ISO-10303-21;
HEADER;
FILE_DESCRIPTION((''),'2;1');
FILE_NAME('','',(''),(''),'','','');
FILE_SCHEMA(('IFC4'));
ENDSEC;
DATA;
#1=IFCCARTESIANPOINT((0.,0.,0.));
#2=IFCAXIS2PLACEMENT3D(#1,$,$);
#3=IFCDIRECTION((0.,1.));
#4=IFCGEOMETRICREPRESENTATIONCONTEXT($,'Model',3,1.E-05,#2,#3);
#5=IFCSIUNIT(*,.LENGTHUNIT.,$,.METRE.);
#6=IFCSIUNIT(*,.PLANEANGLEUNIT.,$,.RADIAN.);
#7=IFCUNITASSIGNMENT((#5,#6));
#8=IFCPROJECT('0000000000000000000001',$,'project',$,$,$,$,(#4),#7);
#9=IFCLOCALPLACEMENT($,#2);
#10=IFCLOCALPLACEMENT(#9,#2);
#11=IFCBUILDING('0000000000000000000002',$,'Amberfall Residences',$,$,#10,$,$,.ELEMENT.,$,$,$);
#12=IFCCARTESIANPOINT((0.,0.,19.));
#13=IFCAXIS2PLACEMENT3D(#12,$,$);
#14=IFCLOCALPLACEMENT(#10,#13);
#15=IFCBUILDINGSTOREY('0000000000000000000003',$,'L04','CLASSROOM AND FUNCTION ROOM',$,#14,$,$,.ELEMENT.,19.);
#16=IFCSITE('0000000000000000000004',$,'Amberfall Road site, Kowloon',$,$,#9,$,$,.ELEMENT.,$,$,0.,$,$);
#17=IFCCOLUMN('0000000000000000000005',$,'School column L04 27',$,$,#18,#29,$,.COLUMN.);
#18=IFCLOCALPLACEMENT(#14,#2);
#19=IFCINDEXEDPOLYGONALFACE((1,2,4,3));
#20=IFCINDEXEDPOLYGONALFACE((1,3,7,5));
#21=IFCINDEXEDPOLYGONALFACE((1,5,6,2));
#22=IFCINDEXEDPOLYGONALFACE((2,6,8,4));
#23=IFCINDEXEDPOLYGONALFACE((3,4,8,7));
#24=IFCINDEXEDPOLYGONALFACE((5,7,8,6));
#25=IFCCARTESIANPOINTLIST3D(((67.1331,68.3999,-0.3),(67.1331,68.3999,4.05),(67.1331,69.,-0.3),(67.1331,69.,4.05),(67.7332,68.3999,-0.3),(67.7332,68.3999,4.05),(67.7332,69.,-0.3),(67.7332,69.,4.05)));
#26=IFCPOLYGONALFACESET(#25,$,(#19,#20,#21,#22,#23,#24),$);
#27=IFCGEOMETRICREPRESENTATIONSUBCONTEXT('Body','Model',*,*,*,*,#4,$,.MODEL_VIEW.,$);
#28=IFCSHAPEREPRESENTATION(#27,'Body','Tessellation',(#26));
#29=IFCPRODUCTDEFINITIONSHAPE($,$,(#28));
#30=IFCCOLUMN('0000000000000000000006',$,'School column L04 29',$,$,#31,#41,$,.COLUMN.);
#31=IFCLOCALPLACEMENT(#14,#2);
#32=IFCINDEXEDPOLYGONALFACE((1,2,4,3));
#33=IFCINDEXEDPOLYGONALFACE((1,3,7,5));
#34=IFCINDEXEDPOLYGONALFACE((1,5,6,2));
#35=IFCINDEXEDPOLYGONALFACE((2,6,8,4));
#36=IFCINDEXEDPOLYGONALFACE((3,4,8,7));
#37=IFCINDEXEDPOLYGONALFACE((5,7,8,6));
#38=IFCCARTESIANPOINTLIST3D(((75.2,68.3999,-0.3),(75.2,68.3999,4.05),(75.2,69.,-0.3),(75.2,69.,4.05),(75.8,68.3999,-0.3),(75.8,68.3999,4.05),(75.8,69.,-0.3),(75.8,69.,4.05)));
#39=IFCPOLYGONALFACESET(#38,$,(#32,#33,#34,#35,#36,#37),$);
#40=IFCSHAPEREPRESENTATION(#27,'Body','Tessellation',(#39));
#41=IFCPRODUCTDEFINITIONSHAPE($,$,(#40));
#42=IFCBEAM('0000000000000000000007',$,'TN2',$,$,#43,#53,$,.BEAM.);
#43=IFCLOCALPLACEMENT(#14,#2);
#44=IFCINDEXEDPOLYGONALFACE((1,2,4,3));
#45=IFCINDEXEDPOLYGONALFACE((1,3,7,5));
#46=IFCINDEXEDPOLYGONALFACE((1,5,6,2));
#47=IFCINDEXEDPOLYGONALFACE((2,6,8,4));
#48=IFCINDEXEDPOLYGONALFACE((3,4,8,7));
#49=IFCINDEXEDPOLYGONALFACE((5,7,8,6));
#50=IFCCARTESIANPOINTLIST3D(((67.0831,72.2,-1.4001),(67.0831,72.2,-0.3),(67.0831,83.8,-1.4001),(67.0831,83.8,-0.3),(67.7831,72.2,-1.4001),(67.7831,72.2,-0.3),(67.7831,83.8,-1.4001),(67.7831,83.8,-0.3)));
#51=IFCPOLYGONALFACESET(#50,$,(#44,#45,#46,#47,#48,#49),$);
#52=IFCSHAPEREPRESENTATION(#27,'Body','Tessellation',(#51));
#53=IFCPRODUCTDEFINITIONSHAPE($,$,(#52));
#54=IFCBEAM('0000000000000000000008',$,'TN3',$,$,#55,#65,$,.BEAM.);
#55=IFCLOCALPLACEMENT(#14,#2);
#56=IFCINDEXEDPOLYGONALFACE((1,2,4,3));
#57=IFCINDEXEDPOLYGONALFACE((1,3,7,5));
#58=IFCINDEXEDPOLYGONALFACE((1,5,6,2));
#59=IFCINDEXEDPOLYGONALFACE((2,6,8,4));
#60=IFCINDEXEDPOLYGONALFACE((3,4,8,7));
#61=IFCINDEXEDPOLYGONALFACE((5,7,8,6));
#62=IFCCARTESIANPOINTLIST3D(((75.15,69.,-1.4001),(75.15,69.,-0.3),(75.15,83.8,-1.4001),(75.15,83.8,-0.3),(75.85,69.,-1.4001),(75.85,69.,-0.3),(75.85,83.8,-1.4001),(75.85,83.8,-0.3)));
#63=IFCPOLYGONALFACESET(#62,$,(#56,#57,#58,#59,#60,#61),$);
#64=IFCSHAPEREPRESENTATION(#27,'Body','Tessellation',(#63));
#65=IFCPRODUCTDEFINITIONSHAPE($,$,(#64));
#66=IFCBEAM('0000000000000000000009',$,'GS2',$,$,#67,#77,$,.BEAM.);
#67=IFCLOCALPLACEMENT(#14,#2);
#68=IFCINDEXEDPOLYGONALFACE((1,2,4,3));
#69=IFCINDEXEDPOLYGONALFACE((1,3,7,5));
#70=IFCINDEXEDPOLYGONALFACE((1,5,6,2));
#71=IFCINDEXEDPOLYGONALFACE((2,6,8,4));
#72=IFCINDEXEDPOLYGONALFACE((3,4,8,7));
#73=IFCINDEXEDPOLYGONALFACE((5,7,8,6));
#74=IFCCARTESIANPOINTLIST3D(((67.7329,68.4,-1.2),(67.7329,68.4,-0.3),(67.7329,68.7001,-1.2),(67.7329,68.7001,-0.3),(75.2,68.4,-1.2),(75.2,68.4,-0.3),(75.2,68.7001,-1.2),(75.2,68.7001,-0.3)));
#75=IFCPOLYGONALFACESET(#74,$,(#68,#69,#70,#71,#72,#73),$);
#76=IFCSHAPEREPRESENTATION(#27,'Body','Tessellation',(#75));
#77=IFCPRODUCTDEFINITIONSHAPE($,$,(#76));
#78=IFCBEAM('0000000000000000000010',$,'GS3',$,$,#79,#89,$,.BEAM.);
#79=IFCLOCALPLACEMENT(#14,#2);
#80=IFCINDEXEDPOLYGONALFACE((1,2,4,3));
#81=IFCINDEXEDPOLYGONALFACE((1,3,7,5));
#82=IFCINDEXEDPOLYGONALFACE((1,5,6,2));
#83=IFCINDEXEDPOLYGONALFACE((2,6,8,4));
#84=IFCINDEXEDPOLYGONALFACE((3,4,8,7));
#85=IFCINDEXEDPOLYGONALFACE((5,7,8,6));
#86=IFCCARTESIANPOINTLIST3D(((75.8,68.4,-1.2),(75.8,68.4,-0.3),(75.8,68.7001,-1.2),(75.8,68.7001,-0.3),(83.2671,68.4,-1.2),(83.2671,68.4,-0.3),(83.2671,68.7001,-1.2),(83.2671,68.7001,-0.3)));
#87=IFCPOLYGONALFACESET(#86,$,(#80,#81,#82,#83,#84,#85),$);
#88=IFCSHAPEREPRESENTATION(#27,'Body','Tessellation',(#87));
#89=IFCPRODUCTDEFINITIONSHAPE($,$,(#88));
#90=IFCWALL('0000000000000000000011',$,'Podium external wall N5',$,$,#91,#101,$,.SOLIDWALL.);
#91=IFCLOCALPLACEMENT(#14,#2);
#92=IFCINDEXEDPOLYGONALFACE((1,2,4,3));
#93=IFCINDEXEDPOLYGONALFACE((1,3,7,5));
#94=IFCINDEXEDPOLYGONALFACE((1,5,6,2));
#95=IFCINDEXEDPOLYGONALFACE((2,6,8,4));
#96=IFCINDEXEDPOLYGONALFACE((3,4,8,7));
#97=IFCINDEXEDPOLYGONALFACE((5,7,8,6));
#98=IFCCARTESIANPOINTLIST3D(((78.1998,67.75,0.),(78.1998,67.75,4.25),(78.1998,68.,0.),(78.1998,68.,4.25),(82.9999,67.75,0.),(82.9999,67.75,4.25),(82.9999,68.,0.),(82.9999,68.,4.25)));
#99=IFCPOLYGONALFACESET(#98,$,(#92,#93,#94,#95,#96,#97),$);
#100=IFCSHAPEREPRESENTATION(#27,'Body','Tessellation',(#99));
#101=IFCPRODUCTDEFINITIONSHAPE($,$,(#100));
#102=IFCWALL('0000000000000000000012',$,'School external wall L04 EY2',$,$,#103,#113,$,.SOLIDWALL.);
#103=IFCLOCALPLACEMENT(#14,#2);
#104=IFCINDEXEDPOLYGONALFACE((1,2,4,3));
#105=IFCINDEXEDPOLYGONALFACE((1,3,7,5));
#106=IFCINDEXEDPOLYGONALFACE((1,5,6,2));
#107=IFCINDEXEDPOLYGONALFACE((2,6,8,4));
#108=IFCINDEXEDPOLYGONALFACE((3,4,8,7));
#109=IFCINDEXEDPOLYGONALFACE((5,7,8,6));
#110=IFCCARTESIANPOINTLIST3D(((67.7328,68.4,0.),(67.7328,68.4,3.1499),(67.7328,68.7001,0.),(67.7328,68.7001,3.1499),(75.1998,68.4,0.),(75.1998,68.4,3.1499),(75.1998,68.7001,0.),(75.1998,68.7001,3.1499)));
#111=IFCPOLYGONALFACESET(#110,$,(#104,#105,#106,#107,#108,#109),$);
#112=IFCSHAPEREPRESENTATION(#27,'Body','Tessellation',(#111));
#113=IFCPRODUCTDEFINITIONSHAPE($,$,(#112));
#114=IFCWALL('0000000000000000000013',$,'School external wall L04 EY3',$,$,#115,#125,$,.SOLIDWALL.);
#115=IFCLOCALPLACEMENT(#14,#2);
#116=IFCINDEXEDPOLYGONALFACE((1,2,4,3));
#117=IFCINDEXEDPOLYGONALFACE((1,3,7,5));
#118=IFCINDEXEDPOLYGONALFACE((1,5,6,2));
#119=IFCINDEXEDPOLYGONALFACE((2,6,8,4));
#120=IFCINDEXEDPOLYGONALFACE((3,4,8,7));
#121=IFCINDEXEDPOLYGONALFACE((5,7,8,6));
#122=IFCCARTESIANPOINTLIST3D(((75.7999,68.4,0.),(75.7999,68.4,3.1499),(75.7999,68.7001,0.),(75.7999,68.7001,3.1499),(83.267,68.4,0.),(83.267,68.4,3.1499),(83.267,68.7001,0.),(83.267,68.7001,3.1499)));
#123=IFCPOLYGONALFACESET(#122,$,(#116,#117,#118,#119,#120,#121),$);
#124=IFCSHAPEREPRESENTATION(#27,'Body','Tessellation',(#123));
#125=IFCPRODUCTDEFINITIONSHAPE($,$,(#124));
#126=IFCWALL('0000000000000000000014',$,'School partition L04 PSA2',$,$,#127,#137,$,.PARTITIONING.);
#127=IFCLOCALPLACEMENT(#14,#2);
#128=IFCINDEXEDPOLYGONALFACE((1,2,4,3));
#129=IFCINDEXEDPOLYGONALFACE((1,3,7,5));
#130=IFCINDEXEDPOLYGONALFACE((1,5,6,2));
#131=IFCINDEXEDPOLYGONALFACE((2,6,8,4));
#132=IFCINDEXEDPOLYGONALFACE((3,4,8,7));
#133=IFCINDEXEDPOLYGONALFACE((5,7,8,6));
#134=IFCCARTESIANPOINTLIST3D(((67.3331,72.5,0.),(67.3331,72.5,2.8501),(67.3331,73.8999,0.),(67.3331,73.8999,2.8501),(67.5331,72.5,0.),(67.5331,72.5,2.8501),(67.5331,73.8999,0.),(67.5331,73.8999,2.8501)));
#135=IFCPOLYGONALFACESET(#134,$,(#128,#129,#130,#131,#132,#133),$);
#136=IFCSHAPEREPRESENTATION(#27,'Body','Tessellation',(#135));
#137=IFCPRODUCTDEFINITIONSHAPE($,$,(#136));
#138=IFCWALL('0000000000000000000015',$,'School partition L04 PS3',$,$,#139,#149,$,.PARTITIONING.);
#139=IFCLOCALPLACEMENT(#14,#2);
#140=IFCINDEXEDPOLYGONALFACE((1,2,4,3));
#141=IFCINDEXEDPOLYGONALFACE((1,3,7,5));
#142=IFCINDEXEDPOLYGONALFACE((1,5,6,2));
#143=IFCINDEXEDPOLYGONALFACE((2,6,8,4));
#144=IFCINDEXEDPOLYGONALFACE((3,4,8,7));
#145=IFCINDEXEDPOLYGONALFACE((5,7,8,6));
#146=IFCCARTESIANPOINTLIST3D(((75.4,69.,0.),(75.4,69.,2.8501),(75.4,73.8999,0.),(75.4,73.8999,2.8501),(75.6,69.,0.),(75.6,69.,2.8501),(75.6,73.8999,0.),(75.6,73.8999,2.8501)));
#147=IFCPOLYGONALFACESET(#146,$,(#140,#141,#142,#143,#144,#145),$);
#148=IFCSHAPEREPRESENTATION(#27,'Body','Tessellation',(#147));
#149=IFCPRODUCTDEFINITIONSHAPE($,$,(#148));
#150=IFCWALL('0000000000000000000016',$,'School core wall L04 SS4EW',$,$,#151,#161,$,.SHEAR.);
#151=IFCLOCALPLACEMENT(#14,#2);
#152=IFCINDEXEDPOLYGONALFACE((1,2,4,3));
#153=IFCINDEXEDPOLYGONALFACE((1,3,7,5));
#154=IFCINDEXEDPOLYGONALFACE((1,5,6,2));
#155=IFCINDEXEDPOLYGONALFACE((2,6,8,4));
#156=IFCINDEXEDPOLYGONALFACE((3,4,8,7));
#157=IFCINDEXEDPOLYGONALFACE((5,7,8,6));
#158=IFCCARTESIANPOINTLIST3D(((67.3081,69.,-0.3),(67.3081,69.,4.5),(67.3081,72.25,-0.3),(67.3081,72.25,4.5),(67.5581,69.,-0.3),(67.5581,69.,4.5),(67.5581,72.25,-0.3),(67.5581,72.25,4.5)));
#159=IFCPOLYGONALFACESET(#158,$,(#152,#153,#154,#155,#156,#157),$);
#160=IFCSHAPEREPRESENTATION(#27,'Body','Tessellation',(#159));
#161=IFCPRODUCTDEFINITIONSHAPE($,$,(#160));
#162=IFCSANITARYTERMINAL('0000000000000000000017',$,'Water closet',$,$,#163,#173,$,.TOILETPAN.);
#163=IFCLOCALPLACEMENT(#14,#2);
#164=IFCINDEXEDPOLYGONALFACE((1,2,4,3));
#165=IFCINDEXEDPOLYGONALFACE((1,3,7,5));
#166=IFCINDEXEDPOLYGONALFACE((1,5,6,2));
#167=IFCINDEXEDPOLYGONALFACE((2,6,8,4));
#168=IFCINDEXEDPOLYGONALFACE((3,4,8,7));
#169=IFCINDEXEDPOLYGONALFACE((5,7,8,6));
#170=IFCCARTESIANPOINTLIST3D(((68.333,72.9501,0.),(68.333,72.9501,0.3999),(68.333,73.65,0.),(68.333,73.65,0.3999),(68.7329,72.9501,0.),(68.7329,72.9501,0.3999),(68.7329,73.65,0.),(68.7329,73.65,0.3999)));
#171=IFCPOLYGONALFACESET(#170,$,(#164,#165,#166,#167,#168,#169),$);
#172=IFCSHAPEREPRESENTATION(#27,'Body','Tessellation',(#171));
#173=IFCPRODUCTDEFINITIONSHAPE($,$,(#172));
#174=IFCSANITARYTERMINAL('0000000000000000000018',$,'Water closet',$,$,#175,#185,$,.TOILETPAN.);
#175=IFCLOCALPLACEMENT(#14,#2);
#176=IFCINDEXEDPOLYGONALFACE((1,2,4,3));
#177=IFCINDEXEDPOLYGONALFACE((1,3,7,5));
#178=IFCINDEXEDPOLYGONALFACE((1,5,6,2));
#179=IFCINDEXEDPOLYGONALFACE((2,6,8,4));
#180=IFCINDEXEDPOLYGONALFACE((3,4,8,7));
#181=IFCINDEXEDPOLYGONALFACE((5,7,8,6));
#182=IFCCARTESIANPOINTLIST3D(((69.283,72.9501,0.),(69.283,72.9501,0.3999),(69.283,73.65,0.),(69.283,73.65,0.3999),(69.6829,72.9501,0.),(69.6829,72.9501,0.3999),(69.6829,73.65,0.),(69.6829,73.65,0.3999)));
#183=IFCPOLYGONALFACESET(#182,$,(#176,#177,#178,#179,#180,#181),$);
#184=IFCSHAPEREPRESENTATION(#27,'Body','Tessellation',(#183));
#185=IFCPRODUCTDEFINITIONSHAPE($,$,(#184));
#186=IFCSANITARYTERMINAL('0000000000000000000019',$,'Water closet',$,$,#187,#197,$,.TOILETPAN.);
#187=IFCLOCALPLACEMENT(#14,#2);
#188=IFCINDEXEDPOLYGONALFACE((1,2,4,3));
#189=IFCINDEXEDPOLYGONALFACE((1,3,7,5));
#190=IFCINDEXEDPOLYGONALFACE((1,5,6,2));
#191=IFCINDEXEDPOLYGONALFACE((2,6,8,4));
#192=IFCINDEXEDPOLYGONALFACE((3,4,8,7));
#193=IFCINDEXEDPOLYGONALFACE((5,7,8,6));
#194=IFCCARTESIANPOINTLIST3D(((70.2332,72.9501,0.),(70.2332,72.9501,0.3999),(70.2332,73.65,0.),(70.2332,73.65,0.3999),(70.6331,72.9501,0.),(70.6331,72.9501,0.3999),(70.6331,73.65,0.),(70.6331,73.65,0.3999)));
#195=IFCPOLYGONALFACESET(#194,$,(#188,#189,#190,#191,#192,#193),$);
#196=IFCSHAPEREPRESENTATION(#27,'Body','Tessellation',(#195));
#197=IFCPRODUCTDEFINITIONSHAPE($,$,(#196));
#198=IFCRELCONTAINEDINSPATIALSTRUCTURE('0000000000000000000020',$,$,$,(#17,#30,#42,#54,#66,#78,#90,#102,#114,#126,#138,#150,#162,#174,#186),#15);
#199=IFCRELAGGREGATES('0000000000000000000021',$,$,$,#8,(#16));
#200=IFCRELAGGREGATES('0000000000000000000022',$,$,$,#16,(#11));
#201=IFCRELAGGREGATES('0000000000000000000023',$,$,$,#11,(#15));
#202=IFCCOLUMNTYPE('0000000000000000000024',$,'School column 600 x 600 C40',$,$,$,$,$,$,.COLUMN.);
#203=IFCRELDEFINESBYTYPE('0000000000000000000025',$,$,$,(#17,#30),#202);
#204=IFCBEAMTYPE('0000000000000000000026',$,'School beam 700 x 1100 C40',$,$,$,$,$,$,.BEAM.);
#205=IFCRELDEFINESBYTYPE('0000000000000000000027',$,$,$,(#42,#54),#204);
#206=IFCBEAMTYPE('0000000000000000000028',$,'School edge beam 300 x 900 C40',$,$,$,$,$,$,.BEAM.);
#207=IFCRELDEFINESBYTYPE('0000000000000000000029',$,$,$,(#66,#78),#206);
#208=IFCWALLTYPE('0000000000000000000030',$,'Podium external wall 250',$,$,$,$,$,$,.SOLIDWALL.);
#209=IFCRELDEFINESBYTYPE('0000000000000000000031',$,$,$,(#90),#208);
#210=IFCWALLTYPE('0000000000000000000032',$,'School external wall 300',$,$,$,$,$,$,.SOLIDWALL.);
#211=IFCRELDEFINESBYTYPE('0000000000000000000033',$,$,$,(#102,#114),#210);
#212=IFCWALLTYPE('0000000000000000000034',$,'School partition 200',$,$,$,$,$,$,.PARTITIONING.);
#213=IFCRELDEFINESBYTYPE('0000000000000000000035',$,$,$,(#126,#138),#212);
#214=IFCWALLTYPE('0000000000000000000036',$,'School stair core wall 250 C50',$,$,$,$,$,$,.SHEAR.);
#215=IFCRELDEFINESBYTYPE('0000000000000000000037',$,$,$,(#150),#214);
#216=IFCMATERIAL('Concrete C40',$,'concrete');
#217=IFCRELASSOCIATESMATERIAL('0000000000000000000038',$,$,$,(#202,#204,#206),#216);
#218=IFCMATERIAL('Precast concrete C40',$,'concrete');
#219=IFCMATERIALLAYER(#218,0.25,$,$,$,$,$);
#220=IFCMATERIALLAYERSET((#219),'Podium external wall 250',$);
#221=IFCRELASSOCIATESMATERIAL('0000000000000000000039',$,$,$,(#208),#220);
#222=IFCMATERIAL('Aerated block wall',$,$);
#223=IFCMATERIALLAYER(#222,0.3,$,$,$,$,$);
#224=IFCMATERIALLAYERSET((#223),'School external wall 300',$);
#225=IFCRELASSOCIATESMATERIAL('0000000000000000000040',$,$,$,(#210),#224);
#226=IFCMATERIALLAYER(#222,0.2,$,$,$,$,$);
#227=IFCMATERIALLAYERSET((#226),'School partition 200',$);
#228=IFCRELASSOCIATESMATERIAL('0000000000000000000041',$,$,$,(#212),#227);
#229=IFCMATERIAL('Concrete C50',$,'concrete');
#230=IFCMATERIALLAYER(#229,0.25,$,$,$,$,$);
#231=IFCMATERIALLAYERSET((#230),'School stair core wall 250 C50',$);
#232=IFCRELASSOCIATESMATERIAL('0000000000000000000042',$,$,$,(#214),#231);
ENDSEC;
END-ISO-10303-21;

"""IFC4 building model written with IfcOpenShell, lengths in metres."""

from ifc_helpers import new_model, si_unit, direction, frame, frame_2d, origin, origin_2d, place, context, subcontext, project, spatial, rectangle, extrude, material, layer, layer_set, material_profile, profile_set, type_object, element, save


model = new_model("IFC4")

# Units and contexts
model_context = context("Model", 3, precision=1e-05, world=origin(), true_north=direction((0.0, 1.0)))
body_context = subcontext(model_context, "Body", "Model", "MODEL_VIEW")
ifc_project = project(units=[si_unit("LENGTHUNIT", "METRE"), si_unit("PLANEANGLEUNIT", "RADIAN")], contexts=[model_context])

# Site, building, storey
site_placement = place(None, origin())
site = spatial("IfcSite", under=ifc_project, at=site_placement, Name="Amberfall Road site, Kowloon", CompositionType="ELEMENT", RefElevation=0.0)
building_placement = place(site_placement, origin())
building = spatial("IfcBuilding", under=site, at=building_placement, Name="Amberfall Residences", CompositionType="ELEMENT")
storey_placement = place(building_placement, frame((0.0, 0.0, 19.0)))
storey = spatial("IfcBuildingStorey", under=building, at=storey_placement, Name="L04", Description="CLASSROOM AND FUNCTION ROOM", CompositionType="ELEMENT", Elevation=19.0)

# Columns
ifc_material_1 = material(Name="Concrete C40", Category="concrete")
ifc_material_profile_1 = material_profile(ifc_material_1, rectangle(XDim=0.6001, YDim=0.6001, at=origin_2d()), Name="School column 600 x 600 C40")
ifc_profile_set_1 = profile_set([ifc_material_profile_1], Name="Concrete C40")
column_type = type_object("IfcColumnType", Name="School column 600 x 600 C40", PredefinedType="COLUMN", material=ifc_profile_set_1)
for number, where, z_axis, x_axis, name in (
    (1, (67.4331, 68.7, -0.3), (0.0, 0.0, 1.0), (1.0, 0.0, 0.0), "School column L04 27"),
    (2, (75.5, 68.7, -0.3), (0.0, 0.0, 1.0), (1.0, 0.0, 0.0), "School column L04 29"),
):
    element("IfcColumn", number, at=place(storey_placement, frame(where, z_axis=z_axis, x_axis=x_axis)), inside=storey, type_object=column_type, Name=name, PredefinedType="COLUMN", context=body_context, shape_type="SweptSolid", body=[
        extrude(rectangle(XDim=0.6001, YDim=0.6001, at=origin_2d()), origin(), (0.0, 0.0, 1.0), 4.3501),
    ])

# Beams
ifc_material_profile_2 = material_profile(ifc_material_1, rectangle(XDim=0.7, YDim=1.1001, at=origin_2d()), Name="School beam 700 x 1100 C40")
ifc_profile_set_2 = profile_set([ifc_material_profile_2], Name="Concrete C40")
beam_type_1 = type_object("IfcBeamType", Name="School beam 700 x 1100 C40", PredefinedType="BEAM", material=ifc_profile_set_2)
beam_1_placement = place(storey_placement, frame((67.4331, 72.2, -0.8501), z_axis=(0.0, 1.0, 0.0), x_axis=(-1.0, 0.0, 0.0)))
element("IfcBeam", 3, at=beam_1_placement, inside=storey, type_object=beam_type_1, Name="TN2", PredefinedType="BEAM", context=body_context, shape_type="SweptSolid", body=[
    extrude(rectangle(XDim=0.7, YDim=1.1001, at=origin_2d()), origin(), (0.0, 0.0, 1.0), 11.6001),
])
beam_2_placement = place(storey_placement, frame((75.5, 69.0, -0.8501), z_axis=(0.0, 1.0, 0.0), x_axis=(-1.0, 0.0, 0.0)))
element("IfcBeam", 4, at=beam_2_placement, inside=storey, type_object=beam_type_1, Name="TN3", PredefinedType="BEAM", context=body_context, shape_type="SweptSolid", body=[
    extrude(rectangle(XDim=0.7, YDim=1.1001, at=origin_2d()), origin(), (0.0, 0.0, 1.0), 14.8),
])
ifc_material_profile_3 = material_profile(ifc_material_1, rectangle(XDim=0.3, YDim=0.8999, at=origin_2d()), Name="School edge beam 300 x 900 C40")
ifc_profile_set_3 = profile_set([ifc_material_profile_3], Name="Concrete C40")
beam_type_2 = type_object("IfcBeamType", Name="School edge beam 300 x 900 C40", PredefinedType="BEAM", material=ifc_profile_set_3)
for number, where, z_axis, x_axis, name in (
    (5, (67.7329, 68.55, -0.75), (1.0, 0.0, 0.0), (0.0, 1.0, 0.0), "GS2"),
    (6, (75.8, 68.55, -0.75), (1.0, 0.0, 0.0), (0.0, 1.0, 0.0), "GS3"),
):
    element("IfcBeam", number, at=place(storey_placement, frame(where, z_axis=z_axis, x_axis=x_axis)), inside=storey, type_object=beam_type_2, Name=name, PredefinedType="BEAM", context=body_context, shape_type="SweptSolid", body=[
        extrude(rectangle(XDim=0.3, YDim=0.8999, at=origin_2d()), origin(), (0.0, 0.0, 1.0), 7.467),
    ])

# Walls
ifc_material_2 = material(Name="Precast concrete C40", Category="concrete")
ifc_layer_1 = layer(ifc_material_2, 0.25)
ifc_layer_set_1 = layer_set([ifc_layer_1], Name="Podium external wall 250")
wall_type_1 = type_object("IfcWallType", Name="Podium external wall 250", PredefinedType="SOLIDWALL", material=ifc_layer_set_1)
wall_1_placement = place(storey_placement, frame((78.2, 67.875, 0.0), z_axis=(0.0, 0.0, 1.0), x_axis=(1.0, 0.0, 0.0)))
element("IfcWall", 7, at=wall_1_placement, inside=storey, type_object=wall_type_1, Name="Podium external wall N5", PredefinedType="SOLIDWALL", context=body_context, shape_type="SweptSolid", body=[
    extrude(rectangle(XDim=4.8, YDim=0.25, at=frame_2d((2.3999, 0.0))), origin(), (0.0, 0.0, 1.0), 4.25),
])
ifc_material_3 = material(Name="Aerated block wall")
ifc_layer_2 = layer(ifc_material_3, 0.3)
ifc_layer_set_2 = layer_set([ifc_layer_2], Name="School external wall 300")
wall_type_2 = type_object("IfcWallType", Name="School external wall 300", PredefinedType="SOLIDWALL", material=ifc_layer_set_2)
for number, where, z_axis, x_axis, name in (
    (8, (67.7329, 68.55, 0.0), (0.0, 0.0, 1.0), (1.0, 0.0, 0.0), "School external wall L04 EY2"),
    (9, (75.8, 68.55, 0.0), (0.0, 0.0, 1.0), (1.0, 0.0, 0.0), "School external wall L04 EY3"),
):
    element("IfcWall", number, at=place(storey_placement, frame(where, z_axis=z_axis, x_axis=x_axis)), inside=storey, type_object=wall_type_2, Name=name, PredefinedType="SOLIDWALL", context=body_context, shape_type="SweptSolid", body=[
        extrude(rectangle(XDim=7.467, YDim=0.3, at=frame_2d((3.7334, 0.0))), origin(), (0.0, 0.0, 1.0), 3.1499),
    ])
ifc_layer_3 = layer(ifc_material_3, 0.2)
ifc_layer_set_3 = layer_set([ifc_layer_3], Name="School partition 200")
wall_type_3 = type_object("IfcWallType", Name="School partition 200", PredefinedType="PARTITIONING", material=ifc_layer_set_3)
wall_2_placement = place(storey_placement, frame((67.4331, 72.5, 0.0), z_axis=(0.0, 0.0, 1.0), x_axis=(0.0, 1.0, 0.0)))
element("IfcWall", 10, at=wall_2_placement, inside=storey, type_object=wall_type_3, Name="School partition L04 PSA2", PredefinedType="PARTITIONING", context=body_context, shape_type="SweptSolid", body=[
    extrude(rectangle(XDim=1.3999, YDim=0.2, at=frame_2d((0.7, 0.0))), origin(), (0.0, 0.0, 1.0), 2.8501),
])
wall_3_placement = place(storey_placement, frame((75.5, 69.0, 0.0), z_axis=(0.0, 0.0, 1.0), x_axis=(0.0, 1.0, 0.0)))
element("IfcWall", 11, at=wall_3_placement, inside=storey, type_object=wall_type_3, Name="School partition L04 PS3", PredefinedType="PARTITIONING", context=body_context, shape_type="SweptSolid", body=[
    extrude(rectangle(XDim=4.8999, YDim=0.2, at=frame_2d((2.45, 0.0))), origin(), (0.0, 0.0, 1.0), 2.8501),
])
ifc_material_4 = material(Name="Concrete C50", Category="concrete")
ifc_layer_4 = layer(ifc_material_4, 0.25)
ifc_layer_set_4 = layer_set([ifc_layer_4], Name="School stair core wall 250 C50")
wall_type_4 = type_object("IfcWallType", Name="School stair core wall 250 C50", PredefinedType="SHEAR", material=ifc_layer_set_4)
wall_4_placement = place(storey_placement, frame((67.4331, 69.0, -0.3), z_axis=(0.0, 0.0, 1.0), x_axis=(0.0, 1.0, 0.0)))
element("IfcWall", 12, at=wall_4_placement, inside=storey, type_object=wall_type_4, Name="School core wall L04 SS4EW", PredefinedType="SHEAR", context=body_context, shape_type="SweptSolid", body=[
    extrude(rectangle(XDim=3.25, YDim=0.25, at=frame_2d((1.625, 0.0))), origin(), (0.0, 0.0, 1.0), 4.8),
])

# Sanitary terminals
for number, where, z_axis, x_axis, name in (
    (13, (68.533, 73.3, 0.0), (0.0, 0.0, 1.0), (1.0, 0.0, 0.0), "Water closet"),
    (14, (69.4829, 73.3, 0.0), (0.0, 0.0, 1.0), (1.0, 0.0, 0.0), "Water closet"),
    (15, (70.4331, 73.3, 0.0), (0.0, 0.0, 1.0), (1.0, 0.0, 0.0), "Water closet"),
):
    element("IfcSanitaryTerminal", number, at=place(storey_placement, frame(where, z_axis=z_axis, x_axis=x_axis)), inside=storey, Name=name, PredefinedType="TOILETPAN", context=body_context, shape_type="SweptSolid", body=[
        extrude(rectangle(XDim=0.3999, YDim=0.7, at=origin_2d()), origin(), (0.0, 0.0, 1.0), 0.3999),
    ])

save(model, "model.ifc")
